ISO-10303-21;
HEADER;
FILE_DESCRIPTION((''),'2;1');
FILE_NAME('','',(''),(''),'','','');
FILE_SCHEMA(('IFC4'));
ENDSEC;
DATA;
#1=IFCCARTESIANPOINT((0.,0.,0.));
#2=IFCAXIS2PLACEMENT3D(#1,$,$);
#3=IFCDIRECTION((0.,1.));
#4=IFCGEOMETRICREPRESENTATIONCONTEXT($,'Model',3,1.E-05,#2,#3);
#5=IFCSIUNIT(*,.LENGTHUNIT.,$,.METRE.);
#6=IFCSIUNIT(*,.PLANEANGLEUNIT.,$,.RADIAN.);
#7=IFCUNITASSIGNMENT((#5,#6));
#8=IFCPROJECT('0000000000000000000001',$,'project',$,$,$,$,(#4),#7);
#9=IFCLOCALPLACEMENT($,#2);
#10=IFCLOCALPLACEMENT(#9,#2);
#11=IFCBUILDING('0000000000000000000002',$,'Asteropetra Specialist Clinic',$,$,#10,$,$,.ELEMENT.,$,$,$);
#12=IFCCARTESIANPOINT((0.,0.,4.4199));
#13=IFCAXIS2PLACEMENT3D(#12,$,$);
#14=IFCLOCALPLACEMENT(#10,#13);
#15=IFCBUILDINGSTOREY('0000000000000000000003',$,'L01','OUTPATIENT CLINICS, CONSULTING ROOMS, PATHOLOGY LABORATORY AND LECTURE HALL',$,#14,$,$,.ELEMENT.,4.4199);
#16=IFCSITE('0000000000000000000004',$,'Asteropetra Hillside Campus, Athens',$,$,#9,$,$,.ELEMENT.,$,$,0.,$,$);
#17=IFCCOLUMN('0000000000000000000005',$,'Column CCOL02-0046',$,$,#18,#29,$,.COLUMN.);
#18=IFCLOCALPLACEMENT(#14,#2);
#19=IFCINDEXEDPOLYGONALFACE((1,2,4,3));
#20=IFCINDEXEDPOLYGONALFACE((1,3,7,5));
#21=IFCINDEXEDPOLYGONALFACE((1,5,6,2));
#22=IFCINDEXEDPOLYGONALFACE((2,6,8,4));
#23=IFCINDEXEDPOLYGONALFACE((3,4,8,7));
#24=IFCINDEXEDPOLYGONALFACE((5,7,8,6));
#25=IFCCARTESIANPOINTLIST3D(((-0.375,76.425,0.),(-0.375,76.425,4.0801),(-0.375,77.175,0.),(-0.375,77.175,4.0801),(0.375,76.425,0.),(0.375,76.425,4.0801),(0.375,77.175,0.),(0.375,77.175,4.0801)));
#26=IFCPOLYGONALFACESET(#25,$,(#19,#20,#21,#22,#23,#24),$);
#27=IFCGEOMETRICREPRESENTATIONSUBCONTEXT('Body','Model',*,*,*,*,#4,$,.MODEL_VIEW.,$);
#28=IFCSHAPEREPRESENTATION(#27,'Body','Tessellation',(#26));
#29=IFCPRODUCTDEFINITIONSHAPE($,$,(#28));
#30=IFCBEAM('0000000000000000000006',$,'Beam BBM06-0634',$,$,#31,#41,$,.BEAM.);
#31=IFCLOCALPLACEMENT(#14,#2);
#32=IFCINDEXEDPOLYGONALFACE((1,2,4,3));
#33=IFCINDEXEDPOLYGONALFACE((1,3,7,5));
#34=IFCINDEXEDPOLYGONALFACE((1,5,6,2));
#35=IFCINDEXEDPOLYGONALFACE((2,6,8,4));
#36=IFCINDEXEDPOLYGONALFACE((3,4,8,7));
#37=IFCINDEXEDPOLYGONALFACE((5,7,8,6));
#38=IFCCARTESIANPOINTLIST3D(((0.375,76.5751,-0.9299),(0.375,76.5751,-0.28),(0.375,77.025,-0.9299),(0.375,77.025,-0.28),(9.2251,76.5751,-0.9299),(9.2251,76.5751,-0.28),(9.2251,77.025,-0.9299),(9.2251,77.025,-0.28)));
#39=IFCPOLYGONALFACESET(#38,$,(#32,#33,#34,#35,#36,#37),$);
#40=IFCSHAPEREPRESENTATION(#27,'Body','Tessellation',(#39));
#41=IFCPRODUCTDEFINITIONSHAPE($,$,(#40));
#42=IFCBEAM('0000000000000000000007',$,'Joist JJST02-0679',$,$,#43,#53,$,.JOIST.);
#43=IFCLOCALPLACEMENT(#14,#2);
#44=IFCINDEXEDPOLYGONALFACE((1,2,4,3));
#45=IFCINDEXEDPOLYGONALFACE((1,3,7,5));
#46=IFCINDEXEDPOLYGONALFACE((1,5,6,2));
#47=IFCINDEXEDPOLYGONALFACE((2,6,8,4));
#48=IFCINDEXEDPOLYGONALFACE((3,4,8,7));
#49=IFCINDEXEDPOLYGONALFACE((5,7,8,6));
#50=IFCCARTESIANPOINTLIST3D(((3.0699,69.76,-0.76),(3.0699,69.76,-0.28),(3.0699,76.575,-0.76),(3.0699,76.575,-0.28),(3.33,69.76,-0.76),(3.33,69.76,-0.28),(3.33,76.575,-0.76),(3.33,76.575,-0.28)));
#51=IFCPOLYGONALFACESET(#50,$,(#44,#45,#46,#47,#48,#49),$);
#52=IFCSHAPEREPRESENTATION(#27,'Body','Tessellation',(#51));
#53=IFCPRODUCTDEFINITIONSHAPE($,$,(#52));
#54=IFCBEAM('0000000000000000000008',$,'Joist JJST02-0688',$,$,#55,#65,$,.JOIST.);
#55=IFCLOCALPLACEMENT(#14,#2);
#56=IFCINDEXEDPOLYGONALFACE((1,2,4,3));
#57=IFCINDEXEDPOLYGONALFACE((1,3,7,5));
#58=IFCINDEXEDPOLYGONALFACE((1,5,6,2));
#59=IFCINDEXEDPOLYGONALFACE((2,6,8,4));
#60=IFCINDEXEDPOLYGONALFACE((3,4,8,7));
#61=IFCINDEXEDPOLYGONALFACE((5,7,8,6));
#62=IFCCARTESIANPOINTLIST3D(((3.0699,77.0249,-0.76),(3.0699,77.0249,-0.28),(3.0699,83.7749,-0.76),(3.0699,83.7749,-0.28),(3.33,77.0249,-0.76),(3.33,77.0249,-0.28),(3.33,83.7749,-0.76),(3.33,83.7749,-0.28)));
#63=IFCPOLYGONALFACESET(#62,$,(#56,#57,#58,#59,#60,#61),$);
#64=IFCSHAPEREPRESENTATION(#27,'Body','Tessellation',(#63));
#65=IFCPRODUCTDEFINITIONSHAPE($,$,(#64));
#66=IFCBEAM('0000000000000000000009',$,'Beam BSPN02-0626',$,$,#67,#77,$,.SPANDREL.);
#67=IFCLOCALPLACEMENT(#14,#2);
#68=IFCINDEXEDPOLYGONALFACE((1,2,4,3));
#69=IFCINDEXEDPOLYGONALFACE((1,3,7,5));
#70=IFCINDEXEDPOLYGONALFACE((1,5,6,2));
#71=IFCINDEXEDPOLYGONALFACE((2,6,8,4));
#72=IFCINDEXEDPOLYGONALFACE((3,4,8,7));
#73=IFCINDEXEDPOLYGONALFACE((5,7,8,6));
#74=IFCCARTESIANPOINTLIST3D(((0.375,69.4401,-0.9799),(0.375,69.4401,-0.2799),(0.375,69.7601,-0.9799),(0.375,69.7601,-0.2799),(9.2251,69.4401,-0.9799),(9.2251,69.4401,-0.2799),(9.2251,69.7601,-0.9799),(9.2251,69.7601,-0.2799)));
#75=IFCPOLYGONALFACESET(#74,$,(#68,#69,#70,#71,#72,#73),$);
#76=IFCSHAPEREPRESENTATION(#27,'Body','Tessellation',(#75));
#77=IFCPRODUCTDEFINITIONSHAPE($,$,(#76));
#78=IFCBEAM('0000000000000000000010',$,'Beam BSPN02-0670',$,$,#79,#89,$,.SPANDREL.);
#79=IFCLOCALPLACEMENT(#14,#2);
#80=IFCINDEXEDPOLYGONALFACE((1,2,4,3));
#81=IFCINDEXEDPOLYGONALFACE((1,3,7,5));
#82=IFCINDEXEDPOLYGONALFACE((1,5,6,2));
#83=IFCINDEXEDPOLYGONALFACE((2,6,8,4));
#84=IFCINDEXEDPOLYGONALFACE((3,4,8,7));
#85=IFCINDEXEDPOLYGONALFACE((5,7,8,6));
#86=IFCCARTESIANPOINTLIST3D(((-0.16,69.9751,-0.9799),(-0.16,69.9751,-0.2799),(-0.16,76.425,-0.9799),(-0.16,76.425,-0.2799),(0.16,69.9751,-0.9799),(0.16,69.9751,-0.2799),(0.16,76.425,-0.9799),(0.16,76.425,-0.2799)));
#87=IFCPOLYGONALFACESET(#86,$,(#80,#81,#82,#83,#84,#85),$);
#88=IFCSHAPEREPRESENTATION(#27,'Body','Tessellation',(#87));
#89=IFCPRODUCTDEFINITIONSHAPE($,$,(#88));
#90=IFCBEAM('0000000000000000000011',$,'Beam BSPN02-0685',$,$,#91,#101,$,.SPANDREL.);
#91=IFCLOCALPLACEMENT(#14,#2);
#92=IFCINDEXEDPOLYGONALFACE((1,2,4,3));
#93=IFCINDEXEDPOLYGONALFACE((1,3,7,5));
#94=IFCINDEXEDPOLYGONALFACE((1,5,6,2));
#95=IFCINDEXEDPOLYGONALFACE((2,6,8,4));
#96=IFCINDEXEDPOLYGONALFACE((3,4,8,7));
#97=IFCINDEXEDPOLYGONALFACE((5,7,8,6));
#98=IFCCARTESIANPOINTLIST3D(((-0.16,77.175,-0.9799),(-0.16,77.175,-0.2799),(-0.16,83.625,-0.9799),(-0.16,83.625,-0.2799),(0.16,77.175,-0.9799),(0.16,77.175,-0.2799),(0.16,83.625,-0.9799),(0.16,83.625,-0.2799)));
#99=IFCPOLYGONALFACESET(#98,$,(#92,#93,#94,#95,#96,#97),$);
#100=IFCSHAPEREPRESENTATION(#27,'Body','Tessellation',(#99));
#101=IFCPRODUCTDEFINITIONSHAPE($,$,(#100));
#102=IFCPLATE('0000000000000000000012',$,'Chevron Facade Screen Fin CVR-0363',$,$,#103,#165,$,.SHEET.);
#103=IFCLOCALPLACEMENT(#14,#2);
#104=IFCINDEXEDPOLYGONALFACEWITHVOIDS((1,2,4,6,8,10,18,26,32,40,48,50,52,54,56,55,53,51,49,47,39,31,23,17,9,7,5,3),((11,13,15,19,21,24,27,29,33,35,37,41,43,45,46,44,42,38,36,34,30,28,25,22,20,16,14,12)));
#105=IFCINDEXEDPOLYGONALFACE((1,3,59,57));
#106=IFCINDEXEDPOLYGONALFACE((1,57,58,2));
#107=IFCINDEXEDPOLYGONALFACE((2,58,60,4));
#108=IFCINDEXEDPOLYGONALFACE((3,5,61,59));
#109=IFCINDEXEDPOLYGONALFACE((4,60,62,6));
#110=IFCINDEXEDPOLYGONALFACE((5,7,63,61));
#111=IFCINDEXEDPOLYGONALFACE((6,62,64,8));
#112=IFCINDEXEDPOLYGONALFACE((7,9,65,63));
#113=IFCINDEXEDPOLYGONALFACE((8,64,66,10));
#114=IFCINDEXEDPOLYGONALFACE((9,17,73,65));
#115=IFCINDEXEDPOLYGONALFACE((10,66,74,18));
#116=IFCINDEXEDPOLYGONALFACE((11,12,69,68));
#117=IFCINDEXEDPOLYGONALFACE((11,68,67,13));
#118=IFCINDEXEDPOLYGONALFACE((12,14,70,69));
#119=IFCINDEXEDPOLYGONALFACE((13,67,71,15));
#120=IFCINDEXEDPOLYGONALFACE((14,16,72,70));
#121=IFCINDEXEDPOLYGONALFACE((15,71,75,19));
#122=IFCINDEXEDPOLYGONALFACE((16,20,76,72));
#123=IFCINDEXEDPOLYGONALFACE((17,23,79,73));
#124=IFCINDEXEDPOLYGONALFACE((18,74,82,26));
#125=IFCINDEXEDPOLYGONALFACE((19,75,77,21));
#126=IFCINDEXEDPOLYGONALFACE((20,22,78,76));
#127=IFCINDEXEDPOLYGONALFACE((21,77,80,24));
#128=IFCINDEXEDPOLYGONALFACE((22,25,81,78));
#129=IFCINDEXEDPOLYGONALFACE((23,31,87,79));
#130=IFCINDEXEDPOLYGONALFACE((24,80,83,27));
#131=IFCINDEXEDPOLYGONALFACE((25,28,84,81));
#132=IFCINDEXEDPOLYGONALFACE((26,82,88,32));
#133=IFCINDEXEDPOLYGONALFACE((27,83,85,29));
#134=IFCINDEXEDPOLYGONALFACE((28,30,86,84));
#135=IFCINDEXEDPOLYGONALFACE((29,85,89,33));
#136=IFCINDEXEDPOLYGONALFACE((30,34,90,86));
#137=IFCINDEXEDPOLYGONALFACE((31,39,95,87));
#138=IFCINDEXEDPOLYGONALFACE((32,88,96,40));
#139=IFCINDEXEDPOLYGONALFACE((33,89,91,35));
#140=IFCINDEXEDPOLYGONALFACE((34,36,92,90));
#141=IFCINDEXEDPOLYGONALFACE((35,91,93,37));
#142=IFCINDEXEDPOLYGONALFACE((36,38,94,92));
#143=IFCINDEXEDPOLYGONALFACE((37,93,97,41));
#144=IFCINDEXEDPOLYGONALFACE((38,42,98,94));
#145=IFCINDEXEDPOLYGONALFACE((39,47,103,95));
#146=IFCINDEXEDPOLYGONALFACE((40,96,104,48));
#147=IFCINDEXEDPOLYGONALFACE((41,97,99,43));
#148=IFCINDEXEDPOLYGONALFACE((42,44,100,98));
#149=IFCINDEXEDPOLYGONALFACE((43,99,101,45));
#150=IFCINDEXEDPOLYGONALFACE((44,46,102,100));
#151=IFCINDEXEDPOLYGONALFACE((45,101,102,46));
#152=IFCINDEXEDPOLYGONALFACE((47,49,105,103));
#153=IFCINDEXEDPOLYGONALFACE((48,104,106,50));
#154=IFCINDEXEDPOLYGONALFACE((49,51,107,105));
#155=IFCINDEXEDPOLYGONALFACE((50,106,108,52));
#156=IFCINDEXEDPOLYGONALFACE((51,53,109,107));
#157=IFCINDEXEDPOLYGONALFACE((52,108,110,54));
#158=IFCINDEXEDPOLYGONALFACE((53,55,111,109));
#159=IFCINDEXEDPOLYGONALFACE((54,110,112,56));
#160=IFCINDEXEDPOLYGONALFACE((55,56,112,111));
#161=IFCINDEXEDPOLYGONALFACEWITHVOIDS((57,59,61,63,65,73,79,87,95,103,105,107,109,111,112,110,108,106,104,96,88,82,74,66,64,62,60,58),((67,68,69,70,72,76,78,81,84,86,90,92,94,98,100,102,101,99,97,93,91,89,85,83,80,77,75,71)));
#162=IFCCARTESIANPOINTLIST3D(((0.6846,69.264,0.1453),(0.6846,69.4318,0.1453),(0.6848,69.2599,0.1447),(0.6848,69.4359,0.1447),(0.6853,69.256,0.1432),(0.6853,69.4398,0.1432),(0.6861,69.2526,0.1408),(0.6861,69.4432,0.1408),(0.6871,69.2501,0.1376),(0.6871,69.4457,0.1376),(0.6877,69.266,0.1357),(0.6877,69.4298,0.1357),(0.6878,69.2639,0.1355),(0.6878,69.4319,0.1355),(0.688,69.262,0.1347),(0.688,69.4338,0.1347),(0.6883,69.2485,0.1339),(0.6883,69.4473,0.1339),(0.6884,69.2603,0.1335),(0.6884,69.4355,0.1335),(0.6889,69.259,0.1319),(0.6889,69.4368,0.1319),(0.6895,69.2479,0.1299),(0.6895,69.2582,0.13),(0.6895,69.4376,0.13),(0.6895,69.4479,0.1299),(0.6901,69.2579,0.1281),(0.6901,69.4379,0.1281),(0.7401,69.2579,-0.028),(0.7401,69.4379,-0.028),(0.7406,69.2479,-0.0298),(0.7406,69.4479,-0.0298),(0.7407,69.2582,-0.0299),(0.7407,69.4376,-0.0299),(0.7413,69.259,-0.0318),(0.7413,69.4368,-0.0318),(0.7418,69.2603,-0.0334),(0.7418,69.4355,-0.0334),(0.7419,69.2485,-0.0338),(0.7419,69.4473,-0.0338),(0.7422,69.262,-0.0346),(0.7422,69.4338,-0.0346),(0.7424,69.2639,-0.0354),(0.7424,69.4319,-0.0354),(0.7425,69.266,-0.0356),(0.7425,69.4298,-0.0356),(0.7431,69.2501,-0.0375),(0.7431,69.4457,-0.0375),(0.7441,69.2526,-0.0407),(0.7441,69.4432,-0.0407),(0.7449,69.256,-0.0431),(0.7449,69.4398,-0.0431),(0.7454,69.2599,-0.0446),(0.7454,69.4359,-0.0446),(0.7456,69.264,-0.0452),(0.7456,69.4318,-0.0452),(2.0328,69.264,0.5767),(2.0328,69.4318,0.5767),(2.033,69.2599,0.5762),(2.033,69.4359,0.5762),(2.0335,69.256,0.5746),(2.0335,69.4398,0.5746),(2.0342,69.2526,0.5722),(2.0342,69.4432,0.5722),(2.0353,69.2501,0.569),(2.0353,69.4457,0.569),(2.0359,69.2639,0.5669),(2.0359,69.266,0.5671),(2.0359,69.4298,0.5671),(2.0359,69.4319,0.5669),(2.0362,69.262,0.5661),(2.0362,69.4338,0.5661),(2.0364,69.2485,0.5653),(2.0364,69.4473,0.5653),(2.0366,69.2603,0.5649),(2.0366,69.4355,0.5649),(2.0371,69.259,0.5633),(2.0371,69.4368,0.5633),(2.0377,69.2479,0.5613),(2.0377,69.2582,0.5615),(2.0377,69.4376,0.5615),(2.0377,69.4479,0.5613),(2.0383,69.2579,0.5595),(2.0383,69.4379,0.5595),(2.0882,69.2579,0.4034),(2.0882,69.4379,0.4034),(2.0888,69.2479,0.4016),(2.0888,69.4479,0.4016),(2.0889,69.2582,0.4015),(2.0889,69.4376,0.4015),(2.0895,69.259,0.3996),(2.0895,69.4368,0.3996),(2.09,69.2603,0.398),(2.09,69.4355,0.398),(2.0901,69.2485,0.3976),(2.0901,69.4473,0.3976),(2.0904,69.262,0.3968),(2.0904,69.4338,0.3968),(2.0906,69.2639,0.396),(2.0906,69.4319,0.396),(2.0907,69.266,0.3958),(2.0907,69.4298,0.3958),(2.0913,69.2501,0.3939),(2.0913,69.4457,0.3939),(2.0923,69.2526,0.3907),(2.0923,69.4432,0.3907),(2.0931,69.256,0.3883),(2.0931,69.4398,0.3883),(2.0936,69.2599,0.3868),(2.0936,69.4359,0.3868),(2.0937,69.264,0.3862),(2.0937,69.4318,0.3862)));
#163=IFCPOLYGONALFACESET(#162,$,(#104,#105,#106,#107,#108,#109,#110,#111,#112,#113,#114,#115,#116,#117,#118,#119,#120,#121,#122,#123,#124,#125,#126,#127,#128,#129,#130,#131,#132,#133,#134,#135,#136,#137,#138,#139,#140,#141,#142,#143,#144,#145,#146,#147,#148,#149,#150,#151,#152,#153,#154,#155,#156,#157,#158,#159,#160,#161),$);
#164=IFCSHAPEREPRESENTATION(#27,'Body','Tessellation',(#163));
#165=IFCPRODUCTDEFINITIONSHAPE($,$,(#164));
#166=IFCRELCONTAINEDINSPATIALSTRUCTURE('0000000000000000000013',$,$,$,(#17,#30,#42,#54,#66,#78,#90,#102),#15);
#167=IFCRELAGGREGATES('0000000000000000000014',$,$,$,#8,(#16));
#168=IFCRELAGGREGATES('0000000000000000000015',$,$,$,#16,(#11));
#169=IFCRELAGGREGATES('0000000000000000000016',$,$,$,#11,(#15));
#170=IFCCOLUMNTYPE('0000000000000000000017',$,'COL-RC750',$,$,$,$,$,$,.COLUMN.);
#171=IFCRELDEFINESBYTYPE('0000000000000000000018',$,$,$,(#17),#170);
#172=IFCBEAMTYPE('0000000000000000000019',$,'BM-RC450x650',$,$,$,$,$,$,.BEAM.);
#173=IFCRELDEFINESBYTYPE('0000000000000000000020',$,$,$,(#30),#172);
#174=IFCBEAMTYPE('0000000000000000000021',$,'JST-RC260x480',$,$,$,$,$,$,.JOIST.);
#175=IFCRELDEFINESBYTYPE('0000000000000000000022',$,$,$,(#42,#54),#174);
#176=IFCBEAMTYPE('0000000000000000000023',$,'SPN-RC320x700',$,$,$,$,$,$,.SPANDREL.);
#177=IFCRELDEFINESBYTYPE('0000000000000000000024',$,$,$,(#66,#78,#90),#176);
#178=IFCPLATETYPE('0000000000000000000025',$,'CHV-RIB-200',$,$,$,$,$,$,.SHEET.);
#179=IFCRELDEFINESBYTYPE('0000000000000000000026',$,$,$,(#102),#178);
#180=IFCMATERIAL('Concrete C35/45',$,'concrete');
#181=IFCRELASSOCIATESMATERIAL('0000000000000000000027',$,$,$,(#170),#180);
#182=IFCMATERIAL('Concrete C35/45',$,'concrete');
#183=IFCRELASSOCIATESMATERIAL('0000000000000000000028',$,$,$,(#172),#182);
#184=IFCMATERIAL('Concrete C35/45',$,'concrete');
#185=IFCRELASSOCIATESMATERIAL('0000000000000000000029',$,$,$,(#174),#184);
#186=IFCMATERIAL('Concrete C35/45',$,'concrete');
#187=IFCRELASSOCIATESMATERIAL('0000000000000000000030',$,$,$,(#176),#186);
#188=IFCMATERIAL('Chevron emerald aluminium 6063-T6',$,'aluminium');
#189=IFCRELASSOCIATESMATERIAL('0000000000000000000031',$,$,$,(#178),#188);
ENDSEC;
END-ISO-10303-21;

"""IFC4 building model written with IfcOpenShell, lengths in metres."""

from ifc_helpers import new_model, si_unit, direction, frame, origin, origin_2d, place, context, subcontext, project, spatial, rectangle, hollow_rectangle, extrude, material, material_profile, profile_set, type_object, element, save


model = new_model("IFC4")

# Units and contexts
model_context = context("Model", 3, precision=1e-05, world=origin(), true_north=direction((0.0, 1.0)))
body_context = subcontext(model_context, "Body", "Model", "MODEL_VIEW")
ifc_project = project(units=[si_unit("LENGTHUNIT", "METRE"), si_unit("PLANEANGLEUNIT", "RADIAN")], contexts=[model_context])

# Site, building, storey
site_placement = place(None, origin())
site = spatial("IfcSite", under=ifc_project, at=site_placement, Name="Asteropetra Hillside Campus, Athens", CompositionType="ELEMENT", RefElevation=0.0)
building_placement = place(site_placement, origin())
building = spatial("IfcBuilding", under=site, at=building_placement, Name="Asteropetra Specialist Clinic", CompositionType="ELEMENT")
storey_placement = place(building_placement, frame((0.0, 0.0, 4.4199)))
storey = spatial("IfcBuildingStorey", under=building, at=storey_placement, Name="L01", Description="OUTPATIENT CLINICS, CONSULTING ROOMS, PATHOLOGY LABORATORY AND LECTURE HALL", CompositionType="ELEMENT", Elevation=4.4199)

# Column
ifc_material_1 = material(Name="Concrete C35/45", Category="concrete")
ifc_material_profile_1 = material_profile(ifc_material_1, rectangle(XDim=0.75, YDim=0.75, at=origin_2d()), Name="RC 750x750")
ifc_profile_set_1 = profile_set([ifc_material_profile_1], Name="Concrete C35/45")
column_type = type_object("IfcColumnType", Name="COL-RC750", PredefinedType="COLUMN", material=ifc_profile_set_1)
column_placement = place(storey_placement, frame((0.0, 76.8, 0.0), z_axis=(0.0, 0.0, 1.0), x_axis=(1.0, 0.0, 0.0)))
element("IfcColumn", 1, at=column_placement, inside=storey, type_object=column_type, Name="Column CCOL02-0046", PredefinedType="COLUMN", context=body_context, shape_type="SweptSolid", body=[
    extrude(rectangle(XDim=0.75, YDim=0.75, at=origin_2d()), origin(), (0.0, 0.0, 1.0), 4.0801),
])

# Beams
ifc_material_2 = material(Name="Concrete C35/45", Category="concrete")
ifc_material_profile_2 = material_profile(ifc_material_2, rectangle(XDim=0.45, YDim=0.6499, at=origin_2d()), Name="RCB 450x650")
ifc_profile_set_2 = profile_set([ifc_material_profile_2], Name="Concrete C35/45")
beam_type_1 = type_object("IfcBeamType", Name="BM-RC450x650", PredefinedType="BEAM", material=ifc_profile_set_2)
beam_1_placement = place(storey_placement, frame((0.375, 76.8, -0.605), z_axis=(1.0, 0.0, 0.0), x_axis=(0.0, 1.0, 0.0)))
element("IfcBeam", 2, at=beam_1_placement, inside=storey, type_object=beam_type_1, Name="Beam BBM06-0634", PredefinedType="BEAM", context=body_context, shape_type="SweptSolid", body=[
    extrude(rectangle(XDim=0.45, YDim=0.6499, at=origin_2d()), origin(), (0.0, 0.0, 1.0), 8.8501),
])
ifc_material_3 = material(Name="Concrete C35/45", Category="concrete")
ifc_material_profile_3 = material_profile(ifc_material_3, rectangle(XDim=0.26, YDim=0.48, at=origin_2d()), Name="RCJ 260x480")
ifc_profile_set_3 = profile_set([ifc_material_profile_3], Name="Concrete C35/45")
beam_type_2 = type_object("IfcBeamType", Name="JST-RC260x480", PredefinedType="JOIST", material=ifc_profile_set_3)
beam_2_placement = place(storey_placement, frame((3.2, 69.76, -0.52), z_axis=(0.0, 1.0, 0.0), x_axis=(-1.0, 0.0, 0.0)))
element("IfcBeam", 3, at=beam_2_placement, inside=storey, type_object=beam_type_2, Name="Joist JJST02-0679", PredefinedType="JOIST", context=body_context, shape_type="SweptSolid", body=[
    extrude(rectangle(XDim=0.26, YDim=0.48, at=origin_2d()), origin(), (0.0, 0.0, 1.0), 6.8149),
])
beam_3_placement = place(storey_placement, frame((3.2, 77.0249, -0.52), z_axis=(0.0, 1.0, 0.0), x_axis=(-1.0, 0.0, 0.0)))
element("IfcBeam", 4, at=beam_3_placement, inside=storey, type_object=beam_type_2, Name="Joist JJST02-0688", PredefinedType="JOIST", context=body_context, shape_type="SweptSolid", body=[
    extrude(rectangle(XDim=0.26, YDim=0.48, at=origin_2d()), origin(), (0.0, 0.0, 1.0), 6.75),
])
ifc_material_4 = material(Name="Concrete C35/45", Category="concrete")
ifc_material_profile_4 = material_profile(ifc_material_4, rectangle(XDim=0.3201, YDim=0.7, at=origin_2d()), Name="RCS 320x700")
ifc_profile_set_4 = profile_set([ifc_material_profile_4], Name="Concrete C35/45")
beam_type_3 = type_object("IfcBeamType", Name="SPN-RC320x700", PredefinedType="SPANDREL", material=ifc_profile_set_4)
beam_4_placement = place(storey_placement, frame((0.375, 69.6001, -0.6299), z_axis=(1.0, 0.0, 0.0), x_axis=(0.0, 1.0, 0.0)))
element("IfcBeam", 5, at=beam_4_placement, inside=storey, type_object=beam_type_3, Name="Beam BSPN02-0626", PredefinedType="SPANDREL", context=body_context, shape_type="SweptSolid", body=[
    extrude(rectangle(XDim=0.3201, YDim=0.7, at=origin_2d()), origin(), (0.0, 0.0, 1.0), 8.8501),
])
for number, where, z_axis, x_axis, name in (
    (6, (0.0, 69.9751, -0.6299), (0.0, 1.0, 0.0), (-1.0, 0.0, 0.0), "Beam BSPN02-0670"),
    (7, (0.0, 77.175, -0.6299), (0.0, 1.0, 0.0), (-1.0, 0.0, 0.0), "Beam BSPN02-0685"),
):
    element("IfcBeam", number, at=place(storey_placement, frame(where, z_axis=z_axis, x_axis=x_axis)), inside=storey, type_object=beam_type_3, Name=name, PredefinedType="SPANDREL", context=body_context, shape_type="SweptSolid", body=[
        extrude(rectangle(XDim=0.3201, YDim=0.7, at=origin_2d()), origin(), (0.0, 0.0, 1.0), 6.45),
    ])

# Plate
ifc_material_5 = material(Name="Chevron emerald aluminium 6063-T6", Category="aluminium")
ifc_material_profile_5 = material_profile(ifc_material_5, hollow_rectangle(XDim=0.2, YDim=0.2, WallThickness=0.01, InnerFilletRadius=0.0081, OuterFilletRadius=0.0161, at=origin_2d()), Name="SHS 200x200x10.0")
ifc_profile_set_5 = profile_set([ifc_material_profile_5], Name="Chevron emerald aluminium 6063-T6")
plate_type = type_object("IfcPlateType", Name="CHV-RIB-200", PredefinedType="SHEET", material=ifc_profile_set_5)
plate_1_placement = place(storey_placement, frame((0.7151, 69.3479, 0.05), z_axis=(0.952426, 0.0, 0.304769), x_axis=(0.0, 1.0, 0.0)))
element("IfcPlate", 8, at=plate_1_placement, inside=storey, type_object=plate_type, Name="Chevron Facade Screen Fin CVR-0363", PredefinedType="SHEET", context=body_context, shape_type="SweptSolid", body=[
    extrude(hollow_rectangle(XDim=0.2, YDim=0.2, WallThickness=0.01, InnerFilletRadius=0.0081, OuterFilletRadius=0.0161, at=origin_2d()), origin(), (0.0, 0.0, 1.0), 1.4155),
])

save(model, "model.ifc")
